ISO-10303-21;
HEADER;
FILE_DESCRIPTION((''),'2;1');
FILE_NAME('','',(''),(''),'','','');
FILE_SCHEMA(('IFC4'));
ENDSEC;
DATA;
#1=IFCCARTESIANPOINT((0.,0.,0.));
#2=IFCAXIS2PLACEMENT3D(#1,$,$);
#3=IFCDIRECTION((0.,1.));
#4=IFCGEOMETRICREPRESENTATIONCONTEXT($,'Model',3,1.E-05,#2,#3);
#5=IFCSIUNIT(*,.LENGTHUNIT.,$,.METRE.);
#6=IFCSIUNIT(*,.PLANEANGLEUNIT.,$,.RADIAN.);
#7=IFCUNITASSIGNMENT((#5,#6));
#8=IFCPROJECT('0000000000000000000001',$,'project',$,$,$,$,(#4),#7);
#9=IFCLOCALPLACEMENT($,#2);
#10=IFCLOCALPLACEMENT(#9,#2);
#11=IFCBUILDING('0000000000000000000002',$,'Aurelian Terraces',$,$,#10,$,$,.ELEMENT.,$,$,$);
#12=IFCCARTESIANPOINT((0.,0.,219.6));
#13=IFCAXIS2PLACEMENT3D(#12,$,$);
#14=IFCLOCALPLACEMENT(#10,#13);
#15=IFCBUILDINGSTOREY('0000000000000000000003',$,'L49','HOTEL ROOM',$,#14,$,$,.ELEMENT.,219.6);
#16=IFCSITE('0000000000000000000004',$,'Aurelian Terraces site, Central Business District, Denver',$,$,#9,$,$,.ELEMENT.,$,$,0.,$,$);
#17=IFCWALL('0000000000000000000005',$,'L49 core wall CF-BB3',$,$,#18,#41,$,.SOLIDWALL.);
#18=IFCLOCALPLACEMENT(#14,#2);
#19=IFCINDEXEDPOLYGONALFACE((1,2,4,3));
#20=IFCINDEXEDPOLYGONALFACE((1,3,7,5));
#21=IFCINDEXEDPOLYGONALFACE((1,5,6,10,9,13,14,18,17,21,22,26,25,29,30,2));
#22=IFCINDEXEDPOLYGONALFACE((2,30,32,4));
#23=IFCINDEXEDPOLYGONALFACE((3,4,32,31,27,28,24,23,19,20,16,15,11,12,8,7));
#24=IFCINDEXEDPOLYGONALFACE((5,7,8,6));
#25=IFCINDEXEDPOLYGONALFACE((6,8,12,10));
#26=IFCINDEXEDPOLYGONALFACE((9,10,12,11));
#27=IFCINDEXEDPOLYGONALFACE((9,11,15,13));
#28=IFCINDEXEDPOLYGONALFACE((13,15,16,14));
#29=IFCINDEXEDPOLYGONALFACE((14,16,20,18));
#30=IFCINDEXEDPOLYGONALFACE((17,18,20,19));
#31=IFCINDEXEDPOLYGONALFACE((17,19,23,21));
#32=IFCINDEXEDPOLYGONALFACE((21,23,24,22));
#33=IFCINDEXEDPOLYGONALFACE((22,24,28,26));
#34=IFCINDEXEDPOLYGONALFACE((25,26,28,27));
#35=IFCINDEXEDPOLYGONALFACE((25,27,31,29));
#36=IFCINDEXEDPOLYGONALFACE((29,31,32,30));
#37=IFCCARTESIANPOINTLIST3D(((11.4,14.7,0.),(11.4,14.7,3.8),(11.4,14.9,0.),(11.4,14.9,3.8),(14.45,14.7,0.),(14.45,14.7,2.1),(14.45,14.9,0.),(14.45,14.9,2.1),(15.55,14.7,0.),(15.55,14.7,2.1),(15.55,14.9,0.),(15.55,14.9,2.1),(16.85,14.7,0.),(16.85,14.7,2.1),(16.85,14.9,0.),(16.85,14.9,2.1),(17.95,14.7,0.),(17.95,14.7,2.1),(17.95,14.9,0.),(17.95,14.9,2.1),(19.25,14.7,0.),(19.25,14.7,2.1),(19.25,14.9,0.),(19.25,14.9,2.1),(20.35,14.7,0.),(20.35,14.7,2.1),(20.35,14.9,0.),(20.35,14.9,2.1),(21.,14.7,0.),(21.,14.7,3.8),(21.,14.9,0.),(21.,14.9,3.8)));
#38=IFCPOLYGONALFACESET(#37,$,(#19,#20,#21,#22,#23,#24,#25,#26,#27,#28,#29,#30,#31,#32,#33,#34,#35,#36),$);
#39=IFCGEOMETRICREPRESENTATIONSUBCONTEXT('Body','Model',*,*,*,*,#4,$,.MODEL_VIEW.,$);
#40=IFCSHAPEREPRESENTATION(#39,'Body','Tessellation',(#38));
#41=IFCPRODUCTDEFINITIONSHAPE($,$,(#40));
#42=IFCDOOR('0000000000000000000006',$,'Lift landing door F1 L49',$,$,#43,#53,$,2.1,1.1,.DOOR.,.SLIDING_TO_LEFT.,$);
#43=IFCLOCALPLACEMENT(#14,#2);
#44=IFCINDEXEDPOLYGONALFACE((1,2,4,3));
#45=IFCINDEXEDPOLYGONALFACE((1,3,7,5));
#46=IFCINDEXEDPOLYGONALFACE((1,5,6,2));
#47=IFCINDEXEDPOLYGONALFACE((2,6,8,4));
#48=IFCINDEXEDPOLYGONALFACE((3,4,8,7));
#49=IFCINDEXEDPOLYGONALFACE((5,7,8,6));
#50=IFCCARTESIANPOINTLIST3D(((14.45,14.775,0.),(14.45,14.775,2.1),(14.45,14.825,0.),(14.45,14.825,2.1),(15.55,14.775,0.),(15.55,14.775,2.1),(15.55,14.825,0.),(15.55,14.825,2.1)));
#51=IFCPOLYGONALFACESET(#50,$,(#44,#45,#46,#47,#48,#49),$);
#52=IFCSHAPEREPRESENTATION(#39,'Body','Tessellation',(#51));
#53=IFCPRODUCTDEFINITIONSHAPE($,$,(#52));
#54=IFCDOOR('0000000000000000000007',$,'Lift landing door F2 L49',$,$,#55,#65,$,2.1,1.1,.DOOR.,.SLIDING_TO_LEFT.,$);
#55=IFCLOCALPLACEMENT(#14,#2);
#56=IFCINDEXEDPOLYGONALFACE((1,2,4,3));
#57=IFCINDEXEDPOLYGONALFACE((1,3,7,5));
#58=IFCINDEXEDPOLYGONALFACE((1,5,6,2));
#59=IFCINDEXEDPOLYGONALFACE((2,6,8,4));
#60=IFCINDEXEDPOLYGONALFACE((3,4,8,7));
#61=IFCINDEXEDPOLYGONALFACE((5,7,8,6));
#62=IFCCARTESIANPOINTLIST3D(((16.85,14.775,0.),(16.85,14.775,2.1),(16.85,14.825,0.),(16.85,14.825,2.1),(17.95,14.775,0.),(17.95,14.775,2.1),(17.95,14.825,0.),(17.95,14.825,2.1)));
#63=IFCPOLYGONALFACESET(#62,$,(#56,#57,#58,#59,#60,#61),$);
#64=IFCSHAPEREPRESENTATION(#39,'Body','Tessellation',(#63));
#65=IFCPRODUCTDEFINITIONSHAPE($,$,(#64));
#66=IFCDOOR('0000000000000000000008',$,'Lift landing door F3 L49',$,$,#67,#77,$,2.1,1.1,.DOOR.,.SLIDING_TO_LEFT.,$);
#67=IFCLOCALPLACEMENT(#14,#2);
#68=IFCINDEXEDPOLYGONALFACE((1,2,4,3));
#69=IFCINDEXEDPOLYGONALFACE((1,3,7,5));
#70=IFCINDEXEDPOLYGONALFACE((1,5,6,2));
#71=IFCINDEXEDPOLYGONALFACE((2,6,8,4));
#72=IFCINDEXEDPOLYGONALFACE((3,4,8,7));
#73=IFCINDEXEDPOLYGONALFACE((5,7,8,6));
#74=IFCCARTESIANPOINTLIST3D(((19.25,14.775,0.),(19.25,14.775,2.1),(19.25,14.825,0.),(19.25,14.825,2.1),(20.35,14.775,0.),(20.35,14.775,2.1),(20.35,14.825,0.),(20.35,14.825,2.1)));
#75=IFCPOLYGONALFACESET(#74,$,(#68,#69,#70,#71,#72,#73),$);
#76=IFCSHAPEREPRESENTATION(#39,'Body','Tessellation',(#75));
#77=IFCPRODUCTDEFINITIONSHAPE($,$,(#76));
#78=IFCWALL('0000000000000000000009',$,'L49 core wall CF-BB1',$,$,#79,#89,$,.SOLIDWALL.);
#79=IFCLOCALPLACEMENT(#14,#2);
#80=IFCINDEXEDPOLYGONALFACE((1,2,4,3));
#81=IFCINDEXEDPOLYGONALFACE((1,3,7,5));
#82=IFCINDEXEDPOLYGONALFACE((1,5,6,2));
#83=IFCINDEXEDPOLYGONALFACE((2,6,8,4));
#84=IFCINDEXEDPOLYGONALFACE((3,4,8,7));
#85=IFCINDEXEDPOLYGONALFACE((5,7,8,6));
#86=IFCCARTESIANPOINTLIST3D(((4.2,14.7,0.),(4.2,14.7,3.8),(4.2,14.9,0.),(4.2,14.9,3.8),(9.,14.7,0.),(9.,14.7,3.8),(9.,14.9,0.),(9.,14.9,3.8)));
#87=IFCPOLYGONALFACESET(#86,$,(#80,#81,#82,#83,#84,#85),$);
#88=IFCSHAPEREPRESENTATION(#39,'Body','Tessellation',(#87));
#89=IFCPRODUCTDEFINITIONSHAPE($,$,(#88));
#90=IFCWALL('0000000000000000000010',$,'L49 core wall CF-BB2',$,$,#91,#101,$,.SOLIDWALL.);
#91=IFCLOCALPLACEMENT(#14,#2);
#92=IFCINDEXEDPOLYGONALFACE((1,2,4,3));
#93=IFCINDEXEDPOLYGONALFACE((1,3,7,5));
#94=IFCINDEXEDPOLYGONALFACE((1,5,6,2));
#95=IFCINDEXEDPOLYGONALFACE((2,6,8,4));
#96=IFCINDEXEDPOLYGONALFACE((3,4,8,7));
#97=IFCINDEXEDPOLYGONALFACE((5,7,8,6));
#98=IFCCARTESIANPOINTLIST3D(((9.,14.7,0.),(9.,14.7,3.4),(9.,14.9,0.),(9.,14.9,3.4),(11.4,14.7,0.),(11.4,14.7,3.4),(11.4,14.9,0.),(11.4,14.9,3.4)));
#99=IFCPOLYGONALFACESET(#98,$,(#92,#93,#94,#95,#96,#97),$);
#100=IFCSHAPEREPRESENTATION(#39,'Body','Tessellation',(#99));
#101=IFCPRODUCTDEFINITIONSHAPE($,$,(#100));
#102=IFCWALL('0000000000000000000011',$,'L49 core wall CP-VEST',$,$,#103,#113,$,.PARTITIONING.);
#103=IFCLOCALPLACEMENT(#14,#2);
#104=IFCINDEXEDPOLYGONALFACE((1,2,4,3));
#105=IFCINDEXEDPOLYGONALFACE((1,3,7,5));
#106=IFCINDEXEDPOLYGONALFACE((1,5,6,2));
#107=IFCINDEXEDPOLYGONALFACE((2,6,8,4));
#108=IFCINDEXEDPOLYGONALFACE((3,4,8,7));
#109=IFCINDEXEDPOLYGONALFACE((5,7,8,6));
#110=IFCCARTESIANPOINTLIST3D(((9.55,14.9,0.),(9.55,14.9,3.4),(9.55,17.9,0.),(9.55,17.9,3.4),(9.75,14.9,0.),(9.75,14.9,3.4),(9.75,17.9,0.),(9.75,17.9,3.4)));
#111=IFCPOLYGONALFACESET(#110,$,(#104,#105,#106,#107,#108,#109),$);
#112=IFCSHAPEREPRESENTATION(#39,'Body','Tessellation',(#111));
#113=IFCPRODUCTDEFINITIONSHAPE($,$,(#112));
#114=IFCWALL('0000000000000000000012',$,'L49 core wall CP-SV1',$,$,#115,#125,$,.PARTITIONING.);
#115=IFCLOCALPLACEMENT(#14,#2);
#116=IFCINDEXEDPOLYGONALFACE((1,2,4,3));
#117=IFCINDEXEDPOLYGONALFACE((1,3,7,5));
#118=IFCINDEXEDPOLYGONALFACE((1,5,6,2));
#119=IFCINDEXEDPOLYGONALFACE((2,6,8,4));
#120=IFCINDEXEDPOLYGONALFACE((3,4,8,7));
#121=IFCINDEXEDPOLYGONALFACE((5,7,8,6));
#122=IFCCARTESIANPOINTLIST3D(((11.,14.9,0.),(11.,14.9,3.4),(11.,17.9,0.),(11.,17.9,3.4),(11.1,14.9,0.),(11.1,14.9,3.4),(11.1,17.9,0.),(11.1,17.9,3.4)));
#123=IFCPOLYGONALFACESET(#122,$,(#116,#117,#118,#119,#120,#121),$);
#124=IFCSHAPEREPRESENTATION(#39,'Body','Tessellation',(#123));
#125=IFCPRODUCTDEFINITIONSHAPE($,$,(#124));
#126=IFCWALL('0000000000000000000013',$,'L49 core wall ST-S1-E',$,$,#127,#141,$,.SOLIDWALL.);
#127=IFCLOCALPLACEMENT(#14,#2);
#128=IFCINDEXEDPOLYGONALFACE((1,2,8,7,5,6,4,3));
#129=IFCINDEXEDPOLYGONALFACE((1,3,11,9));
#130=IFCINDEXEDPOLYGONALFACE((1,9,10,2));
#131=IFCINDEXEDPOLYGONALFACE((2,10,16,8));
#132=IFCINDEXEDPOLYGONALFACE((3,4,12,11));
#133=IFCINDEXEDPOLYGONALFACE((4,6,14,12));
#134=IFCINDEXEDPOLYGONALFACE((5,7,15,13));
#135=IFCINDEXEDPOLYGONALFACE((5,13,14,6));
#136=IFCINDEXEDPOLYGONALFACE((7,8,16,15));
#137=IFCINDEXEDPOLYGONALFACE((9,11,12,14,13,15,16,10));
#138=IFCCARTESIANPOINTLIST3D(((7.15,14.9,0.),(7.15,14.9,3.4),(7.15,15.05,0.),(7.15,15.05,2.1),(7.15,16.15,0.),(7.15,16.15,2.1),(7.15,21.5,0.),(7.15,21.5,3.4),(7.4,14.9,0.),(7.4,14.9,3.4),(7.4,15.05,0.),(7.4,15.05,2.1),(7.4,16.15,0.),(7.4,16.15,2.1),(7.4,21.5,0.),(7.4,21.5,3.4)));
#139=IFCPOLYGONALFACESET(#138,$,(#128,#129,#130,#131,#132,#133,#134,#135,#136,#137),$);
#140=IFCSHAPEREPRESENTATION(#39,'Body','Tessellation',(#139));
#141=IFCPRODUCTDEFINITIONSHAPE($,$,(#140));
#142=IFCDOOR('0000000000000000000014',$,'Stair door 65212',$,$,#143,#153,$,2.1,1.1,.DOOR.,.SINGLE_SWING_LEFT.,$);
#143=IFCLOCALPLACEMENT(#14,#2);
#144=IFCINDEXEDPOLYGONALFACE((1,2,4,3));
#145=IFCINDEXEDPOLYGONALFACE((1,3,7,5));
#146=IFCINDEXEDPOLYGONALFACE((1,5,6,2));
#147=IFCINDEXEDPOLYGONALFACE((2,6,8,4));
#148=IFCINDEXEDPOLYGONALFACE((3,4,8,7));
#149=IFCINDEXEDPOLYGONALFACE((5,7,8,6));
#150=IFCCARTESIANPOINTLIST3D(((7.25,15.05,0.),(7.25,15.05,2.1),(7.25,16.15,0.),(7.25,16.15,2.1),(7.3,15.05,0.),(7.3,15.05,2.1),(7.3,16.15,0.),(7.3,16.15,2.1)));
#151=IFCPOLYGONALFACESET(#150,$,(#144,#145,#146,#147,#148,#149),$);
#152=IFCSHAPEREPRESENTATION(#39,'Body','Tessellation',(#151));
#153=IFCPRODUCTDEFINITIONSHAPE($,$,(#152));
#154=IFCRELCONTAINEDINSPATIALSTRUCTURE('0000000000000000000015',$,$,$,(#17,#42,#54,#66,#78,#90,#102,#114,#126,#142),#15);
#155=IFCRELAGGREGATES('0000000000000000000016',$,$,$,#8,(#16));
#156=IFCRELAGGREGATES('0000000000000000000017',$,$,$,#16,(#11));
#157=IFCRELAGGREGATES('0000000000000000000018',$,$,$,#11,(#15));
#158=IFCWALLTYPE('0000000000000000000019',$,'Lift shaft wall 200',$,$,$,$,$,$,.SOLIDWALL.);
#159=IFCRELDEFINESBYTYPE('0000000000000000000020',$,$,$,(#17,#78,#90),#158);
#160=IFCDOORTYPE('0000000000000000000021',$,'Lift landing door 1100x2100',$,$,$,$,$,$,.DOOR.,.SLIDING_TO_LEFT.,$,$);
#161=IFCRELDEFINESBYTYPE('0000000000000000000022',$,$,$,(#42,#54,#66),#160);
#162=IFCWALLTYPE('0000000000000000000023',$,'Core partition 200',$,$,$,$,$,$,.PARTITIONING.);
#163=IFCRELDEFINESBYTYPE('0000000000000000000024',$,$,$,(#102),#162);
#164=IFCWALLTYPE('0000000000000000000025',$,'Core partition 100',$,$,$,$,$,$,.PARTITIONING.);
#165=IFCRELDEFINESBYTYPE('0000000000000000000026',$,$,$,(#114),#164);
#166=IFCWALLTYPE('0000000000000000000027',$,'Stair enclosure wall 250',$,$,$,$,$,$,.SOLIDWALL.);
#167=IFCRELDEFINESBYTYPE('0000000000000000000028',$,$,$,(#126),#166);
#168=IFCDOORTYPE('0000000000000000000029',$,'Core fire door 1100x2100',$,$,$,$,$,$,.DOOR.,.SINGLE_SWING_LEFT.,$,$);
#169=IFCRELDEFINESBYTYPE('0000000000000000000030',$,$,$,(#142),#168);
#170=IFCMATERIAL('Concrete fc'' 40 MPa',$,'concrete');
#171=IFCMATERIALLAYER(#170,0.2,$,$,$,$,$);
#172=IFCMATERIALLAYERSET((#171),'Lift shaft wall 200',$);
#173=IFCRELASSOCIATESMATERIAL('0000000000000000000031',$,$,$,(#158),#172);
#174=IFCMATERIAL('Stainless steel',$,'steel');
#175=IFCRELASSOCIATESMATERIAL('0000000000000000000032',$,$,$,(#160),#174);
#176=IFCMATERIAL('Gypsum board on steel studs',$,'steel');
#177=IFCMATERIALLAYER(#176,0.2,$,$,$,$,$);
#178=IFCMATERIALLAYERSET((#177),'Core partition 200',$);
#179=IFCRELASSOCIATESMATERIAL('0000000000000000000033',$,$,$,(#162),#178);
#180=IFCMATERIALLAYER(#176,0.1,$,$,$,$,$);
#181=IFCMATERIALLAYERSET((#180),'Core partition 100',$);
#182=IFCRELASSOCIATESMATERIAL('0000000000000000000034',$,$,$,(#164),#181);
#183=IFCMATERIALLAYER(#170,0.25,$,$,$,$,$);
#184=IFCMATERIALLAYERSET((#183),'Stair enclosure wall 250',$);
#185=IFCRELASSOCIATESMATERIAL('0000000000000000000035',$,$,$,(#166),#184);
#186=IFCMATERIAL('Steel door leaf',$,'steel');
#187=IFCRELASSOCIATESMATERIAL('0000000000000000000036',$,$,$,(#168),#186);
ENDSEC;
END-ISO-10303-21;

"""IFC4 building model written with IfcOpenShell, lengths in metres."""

from ifc_helpers import new_model, si_unit, direction, frame, frame_2d, origin, place, context, subcontext, project, spatial, rectangle, extrude, source, transform, mapped, material, layer, layer_set, type_object, element, fill, save


model = new_model("IFC4")

# Units and contexts
model_context = context("Model", 3, precision=1e-05, world=origin(), true_north=direction((0.0, 1.0)))
body_context = subcontext(model_context, "Body", "Model", "MODEL_VIEW")
ifc_project = project(units=[si_unit("LENGTHUNIT", "METRE"), si_unit("PLANEANGLEUNIT", "RADIAN")], contexts=[model_context])

# Site, building, storey
site_placement = place(None, origin())
site = spatial("IfcSite", under=ifc_project, at=site_placement, Name="Aurelian Terraces site, Central Business District, Denver", CompositionType="ELEMENT", RefElevation=0.0)
building_placement = place(site_placement, origin())
building = spatial("IfcBuilding", under=site, at=building_placement, Name="Aurelian Terraces", CompositionType="ELEMENT")
storey_placement = place(building_placement, frame((0.0, 0.0, 219.6)))
storey = spatial("IfcBuildingStorey", under=building, at=storey_placement, Name="L49", Description="HOTEL ROOM", CompositionType="ELEMENT", Elevation=219.6)

# Wall, openings, doors
ifc_material_1 = material(Name="Concrete fc' 40 MPa", Category="concrete")
ifc_layer_1 = layer(ifc_material_1, 0.2)
ifc_layer_set_1 = layer_set([ifc_layer_1], Name="Lift shaft wall 200")
wall_type_1 = type_object("IfcWallType", Name="Lift shaft wall 200", PredefinedType="SOLIDWALL", material=ifc_layer_set_1)
shared_shape_1 = source(origin(), body_context, "Body", "SweptSolid", [
    extrude(rectangle(XDim=9.6, YDim=0.2, at=frame_2d((4.8, 0.0))), origin(), (0.0, 0.0, 1.0), 3.8),
])
wall_1_placement = place(storey_placement, frame((11.4, 14.8, 0.0), z_axis=(0.0, 0.0, 1.0), x_axis=(1.0, 0.0, 0.0)))
wall_1 = element("IfcWall", 1, at=wall_1_placement, inside=storey, type_object=wall_type_1, Name="L49 core wall CF-BB3", PredefinedType="SOLIDWALL", context=body_context, shape_type="MappedRepresentation", body=[
    mapped(shared_shape_1, transform((0.0, 0.0, 0.0), scale=1.0)),
])
shared_shape_2 = source(origin(), body_context, "Body", "SweptSolid", [
    extrude(rectangle(XDim=1.1, YDim=2.1, at=frame_2d((0.55, 1.05))), frame((0.0, 0.11, 0.0), z_axis=(0.0, -1.0, 0.0), x_axis=(1.0, 0.0, 0.0)), (0.0, 0.0, 1.0), 0.22),
])
opening_1_placement = place(wall_1_placement, frame((3.05, 0.0, 0.0)))
opening_1 = element("IfcOpeningElement", 2, at=opening_1_placement, cuts=wall_1, PredefinedType="OPENING", context=body_context, shape_type="MappedRepresentation", body=[
    mapped(shared_shape_2, transform((0.0, 0.0, 0.0), scale=1.0)),
])
opening_2_placement = place(wall_1_placement, frame((5.45, 0.0, 0.0)))
opening_2 = element("IfcOpeningElement", 3, at=opening_2_placement, cuts=wall_1, PredefinedType="OPENING", context=body_context, shape_type="MappedRepresentation", body=[
    mapped(shared_shape_2, transform((0.0, 0.0, 0.0), scale=1.0)),
])
opening_3_placement = place(wall_1_placement, frame((7.85, 0.0, 0.0)))
opening_3 = element("IfcOpeningElement", 4, at=opening_3_placement, cuts=wall_1, PredefinedType="OPENING", context=body_context, shape_type="MappedRepresentation", body=[
    mapped(shared_shape_2, transform((0.0, 0.0, 0.0), scale=1.0)),
])
ifc_material_2 = material(Name="Stainless steel", Category="steel")
door_type_1 = type_object("IfcDoorType", Name="Lift landing door 1100x2100", OperationType="SLIDING_TO_LEFT", PredefinedType="DOOR", material=ifc_material_2)
shared_shape_3 = source(origin(), body_context, "Body", "SweptSolid", [
    extrude(rectangle(XDim=1.1, YDim=2.1, at=frame_2d((0.55, 1.05))), frame((0.0, 0.025, 0.0), z_axis=(0.0, -1.0, 0.0), x_axis=(1.0, 0.0, 0.0)), (0.0, 0.0, 1.0), 0.05),
])
door_1_placement = place(opening_1_placement, origin())
door_1 = element("IfcDoor", 5, at=door_1_placement, inside=storey, type_object=door_type_1, Name="Lift landing door F1 L49", OperationType="SLIDING_TO_LEFT", OverallHeight=2.1, OverallWidth=1.1, PredefinedType="DOOR", context=body_context, shape_type="MappedRepresentation", body=[
    mapped(shared_shape_3, transform((0.0, 0.0, 0.0), scale=1.0)),
])
fill(opening_1, door_1)
door_2_placement = place(opening_2_placement, origin())
door_2 = element("IfcDoor", 6, at=door_2_placement, inside=storey, type_object=door_type_1, Name="Lift landing door F2 L49", OperationType="SLIDING_TO_LEFT", OverallHeight=2.1, OverallWidth=1.1, PredefinedType="DOOR", context=body_context, shape_type="MappedRepresentation", body=[
    mapped(shared_shape_3, transform((0.0, 0.0, 0.0), scale=1.0)),
])
fill(opening_2, door_2)
door_3_placement = place(opening_3_placement, origin())
door_3 = element("IfcDoor", 7, at=door_3_placement, inside=storey, type_object=door_type_1, Name="Lift landing door F3 L49", OperationType="SLIDING_TO_LEFT", OverallHeight=2.1, OverallWidth=1.1, PredefinedType="DOOR", context=body_context, shape_type="MappedRepresentation", body=[
    mapped(shared_shape_3, transform((0.0, 0.0, 0.0), scale=1.0)),
])
fill(opening_3, door_3)

# Walls
shared_shape_4 = source(origin(), body_context, "Body", "SweptSolid", [
    extrude(rectangle(XDim=4.8, YDim=0.2, at=frame_2d((2.4, 0.0))), origin(), (0.0, 0.0, 1.0), 3.8),
])
wall_2_placement = place(storey_placement, frame((4.2, 14.8, 0.0), z_axis=(0.0, 0.0, 1.0), x_axis=(1.0, 0.0, 0.0)))
element("IfcWall", 8, at=wall_2_placement, inside=storey, type_object=wall_type_1, Name="L49 core wall CF-BB1", PredefinedType="SOLIDWALL", context=body_context, shape_type="MappedRepresentation", body=[
    mapped(shared_shape_4, transform((0.0, 0.0, 0.0), scale=1.0)),
])
shared_shape_5 = source(origin(), body_context, "Body", "SweptSolid", [
    extrude(rectangle(XDim=2.4, YDim=0.2, at=frame_2d((1.2, 0.0))), origin(), (0.0, 0.0, 1.0), 3.4),
])
wall_3_placement = place(storey_placement, frame((9.0, 14.8, 0.0), z_axis=(0.0, 0.0, 1.0), x_axis=(1.0, 0.0, 0.0)))
element("IfcWall", 9, at=wall_3_placement, inside=storey, type_object=wall_type_1, Name="L49 core wall CF-BB2", PredefinedType="SOLIDWALL", context=body_context, shape_type="MappedRepresentation", body=[
    mapped(shared_shape_5, transform((0.0, 0.0, 0.0), scale=1.0)),
])
ifc_material_3 = material(Name="Gypsum board on steel studs", Category="steel")
ifc_layer_2 = layer(ifc_material_3, 0.2)
ifc_layer_set_2 = layer_set([ifc_layer_2], Name="Core partition 200")
wall_type_2 = type_object("IfcWallType", Name="Core partition 200", PredefinedType="PARTITIONING", material=ifc_layer_set_2)
shared_shape_6 = source(origin(), body_context, "Body", "SweptSolid", [
    extrude(rectangle(XDim=3.0, YDim=0.2, at=frame_2d((1.5, 0.0))), origin(), (0.0, 0.0, 1.0), 3.4),
])
wall_4_placement = place(storey_placement, frame((9.65, 14.9, 0.0), z_axis=(0.0, 0.0, 1.0), x_axis=(0.0, 1.0, 0.0)))
element("IfcWall", 10, at=wall_4_placement, inside=storey, type_object=wall_type_2, Name="L49 core wall CP-VEST", PredefinedType="PARTITIONING", context=body_context, shape_type="MappedRepresentation", body=[
    mapped(shared_shape_6, transform((0.0, 0.0, 0.0), scale=1.0)),
])
ifc_layer_3 = layer(ifc_material_3, 0.1)
ifc_layer_set_3 = layer_set([ifc_layer_3], Name="Core partition 100")
wall_type_3 = type_object("IfcWallType", Name="Core partition 100", PredefinedType="PARTITIONING", material=ifc_layer_set_3)
shared_shape_7 = source(origin(), body_context, "Body", "SweptSolid", [
    extrude(rectangle(XDim=3.0, YDim=0.1, at=frame_2d((1.5, 0.0))), origin(), (0.0, 0.0, 1.0), 3.4),
])
wall_5_placement = place(storey_placement, frame((11.05, 14.9, 0.0), z_axis=(0.0, 0.0, 1.0), x_axis=(0.0, 1.0, 0.0)))
element("IfcWall", 11, at=wall_5_placement, inside=storey, type_object=wall_type_3, Name="L49 core wall CP-SV1", PredefinedType="PARTITIONING", context=body_context, shape_type="MappedRepresentation", body=[
    mapped(shared_shape_7, transform((0.0, 0.0, 0.0), scale=1.0)),
])

# Wall, opening, door
ifc_layer_4 = layer(ifc_material_1, 0.25)
ifc_layer_set_4 = layer_set([ifc_layer_4], Name="Stair enclosure wall 250")
wall_type_4 = type_object("IfcWallType", Name="Stair enclosure wall 250", PredefinedType="SOLIDWALL", material=ifc_layer_set_4)
shared_shape_8 = source(origin(), body_context, "Body", "SweptSolid", [
    extrude(rectangle(XDim=6.6, YDim=0.25, at=frame_2d((3.3, 0.0))), origin(), (0.0, 0.0, 1.0), 3.4),
])
wall_6_placement = place(storey_placement, frame((7.275, 14.9, 0.0), z_axis=(0.0, 0.0, 1.0), x_axis=(0.0, 1.0, 0.0)))
wall_6 = element("IfcWall", 12, at=wall_6_placement, inside=storey, type_object=wall_type_4, Name="L49 core wall ST-S1-E", PredefinedType="SOLIDWALL", context=body_context, shape_type="MappedRepresentation", body=[
    mapped(shared_shape_8, transform((0.0, 0.0, 0.0), scale=1.0)),
])
shared_shape_9 = source(origin(), body_context, "Body", "SweptSolid", [
    extrude(rectangle(XDim=1.1, YDim=2.1, at=frame_2d((0.55, 1.05))), frame((0.0, 0.135, 0.0), z_axis=(0.0, -1.0, 0.0), x_axis=(1.0, 0.0, 0.0)), (0.0, 0.0, 1.0), 0.27),
])
opening_4_placement = place(wall_6_placement, frame((0.15, 0.0, 0.0)))
opening_4 = element("IfcOpeningElement", 13, at=opening_4_placement, cuts=wall_6, PredefinedType="OPENING", context=body_context, shape_type="MappedRepresentation", body=[
    mapped(shared_shape_9, transform((0.0, 0.0, 0.0), scale=1.0)),
])
ifc_material_4 = material(Name="Steel door leaf", Category="steel")
door_type_2 = type_object("IfcDoorType", Name="Core fire door 1100x2100", OperationType="SINGLE_SWING_LEFT", PredefinedType="DOOR", material=ifc_material_4)
door_4_placement = place(opening_4_placement, origin())
door_4 = element("IfcDoor", 14, at=door_4_placement, inside=storey, type_object=door_type_2, Name="Stair door 65212", OperationType="SINGLE_SWING_LEFT", OverallHeight=2.1, OverallWidth=1.1, PredefinedType="DOOR", context=body_context, shape_type="MappedRepresentation", body=[
    mapped(shared_shape_3, transform((0.0, 0.0, 0.0), scale=1.0)),
])
fill(opening_4, door_4)

save(model, "model.ifc")
